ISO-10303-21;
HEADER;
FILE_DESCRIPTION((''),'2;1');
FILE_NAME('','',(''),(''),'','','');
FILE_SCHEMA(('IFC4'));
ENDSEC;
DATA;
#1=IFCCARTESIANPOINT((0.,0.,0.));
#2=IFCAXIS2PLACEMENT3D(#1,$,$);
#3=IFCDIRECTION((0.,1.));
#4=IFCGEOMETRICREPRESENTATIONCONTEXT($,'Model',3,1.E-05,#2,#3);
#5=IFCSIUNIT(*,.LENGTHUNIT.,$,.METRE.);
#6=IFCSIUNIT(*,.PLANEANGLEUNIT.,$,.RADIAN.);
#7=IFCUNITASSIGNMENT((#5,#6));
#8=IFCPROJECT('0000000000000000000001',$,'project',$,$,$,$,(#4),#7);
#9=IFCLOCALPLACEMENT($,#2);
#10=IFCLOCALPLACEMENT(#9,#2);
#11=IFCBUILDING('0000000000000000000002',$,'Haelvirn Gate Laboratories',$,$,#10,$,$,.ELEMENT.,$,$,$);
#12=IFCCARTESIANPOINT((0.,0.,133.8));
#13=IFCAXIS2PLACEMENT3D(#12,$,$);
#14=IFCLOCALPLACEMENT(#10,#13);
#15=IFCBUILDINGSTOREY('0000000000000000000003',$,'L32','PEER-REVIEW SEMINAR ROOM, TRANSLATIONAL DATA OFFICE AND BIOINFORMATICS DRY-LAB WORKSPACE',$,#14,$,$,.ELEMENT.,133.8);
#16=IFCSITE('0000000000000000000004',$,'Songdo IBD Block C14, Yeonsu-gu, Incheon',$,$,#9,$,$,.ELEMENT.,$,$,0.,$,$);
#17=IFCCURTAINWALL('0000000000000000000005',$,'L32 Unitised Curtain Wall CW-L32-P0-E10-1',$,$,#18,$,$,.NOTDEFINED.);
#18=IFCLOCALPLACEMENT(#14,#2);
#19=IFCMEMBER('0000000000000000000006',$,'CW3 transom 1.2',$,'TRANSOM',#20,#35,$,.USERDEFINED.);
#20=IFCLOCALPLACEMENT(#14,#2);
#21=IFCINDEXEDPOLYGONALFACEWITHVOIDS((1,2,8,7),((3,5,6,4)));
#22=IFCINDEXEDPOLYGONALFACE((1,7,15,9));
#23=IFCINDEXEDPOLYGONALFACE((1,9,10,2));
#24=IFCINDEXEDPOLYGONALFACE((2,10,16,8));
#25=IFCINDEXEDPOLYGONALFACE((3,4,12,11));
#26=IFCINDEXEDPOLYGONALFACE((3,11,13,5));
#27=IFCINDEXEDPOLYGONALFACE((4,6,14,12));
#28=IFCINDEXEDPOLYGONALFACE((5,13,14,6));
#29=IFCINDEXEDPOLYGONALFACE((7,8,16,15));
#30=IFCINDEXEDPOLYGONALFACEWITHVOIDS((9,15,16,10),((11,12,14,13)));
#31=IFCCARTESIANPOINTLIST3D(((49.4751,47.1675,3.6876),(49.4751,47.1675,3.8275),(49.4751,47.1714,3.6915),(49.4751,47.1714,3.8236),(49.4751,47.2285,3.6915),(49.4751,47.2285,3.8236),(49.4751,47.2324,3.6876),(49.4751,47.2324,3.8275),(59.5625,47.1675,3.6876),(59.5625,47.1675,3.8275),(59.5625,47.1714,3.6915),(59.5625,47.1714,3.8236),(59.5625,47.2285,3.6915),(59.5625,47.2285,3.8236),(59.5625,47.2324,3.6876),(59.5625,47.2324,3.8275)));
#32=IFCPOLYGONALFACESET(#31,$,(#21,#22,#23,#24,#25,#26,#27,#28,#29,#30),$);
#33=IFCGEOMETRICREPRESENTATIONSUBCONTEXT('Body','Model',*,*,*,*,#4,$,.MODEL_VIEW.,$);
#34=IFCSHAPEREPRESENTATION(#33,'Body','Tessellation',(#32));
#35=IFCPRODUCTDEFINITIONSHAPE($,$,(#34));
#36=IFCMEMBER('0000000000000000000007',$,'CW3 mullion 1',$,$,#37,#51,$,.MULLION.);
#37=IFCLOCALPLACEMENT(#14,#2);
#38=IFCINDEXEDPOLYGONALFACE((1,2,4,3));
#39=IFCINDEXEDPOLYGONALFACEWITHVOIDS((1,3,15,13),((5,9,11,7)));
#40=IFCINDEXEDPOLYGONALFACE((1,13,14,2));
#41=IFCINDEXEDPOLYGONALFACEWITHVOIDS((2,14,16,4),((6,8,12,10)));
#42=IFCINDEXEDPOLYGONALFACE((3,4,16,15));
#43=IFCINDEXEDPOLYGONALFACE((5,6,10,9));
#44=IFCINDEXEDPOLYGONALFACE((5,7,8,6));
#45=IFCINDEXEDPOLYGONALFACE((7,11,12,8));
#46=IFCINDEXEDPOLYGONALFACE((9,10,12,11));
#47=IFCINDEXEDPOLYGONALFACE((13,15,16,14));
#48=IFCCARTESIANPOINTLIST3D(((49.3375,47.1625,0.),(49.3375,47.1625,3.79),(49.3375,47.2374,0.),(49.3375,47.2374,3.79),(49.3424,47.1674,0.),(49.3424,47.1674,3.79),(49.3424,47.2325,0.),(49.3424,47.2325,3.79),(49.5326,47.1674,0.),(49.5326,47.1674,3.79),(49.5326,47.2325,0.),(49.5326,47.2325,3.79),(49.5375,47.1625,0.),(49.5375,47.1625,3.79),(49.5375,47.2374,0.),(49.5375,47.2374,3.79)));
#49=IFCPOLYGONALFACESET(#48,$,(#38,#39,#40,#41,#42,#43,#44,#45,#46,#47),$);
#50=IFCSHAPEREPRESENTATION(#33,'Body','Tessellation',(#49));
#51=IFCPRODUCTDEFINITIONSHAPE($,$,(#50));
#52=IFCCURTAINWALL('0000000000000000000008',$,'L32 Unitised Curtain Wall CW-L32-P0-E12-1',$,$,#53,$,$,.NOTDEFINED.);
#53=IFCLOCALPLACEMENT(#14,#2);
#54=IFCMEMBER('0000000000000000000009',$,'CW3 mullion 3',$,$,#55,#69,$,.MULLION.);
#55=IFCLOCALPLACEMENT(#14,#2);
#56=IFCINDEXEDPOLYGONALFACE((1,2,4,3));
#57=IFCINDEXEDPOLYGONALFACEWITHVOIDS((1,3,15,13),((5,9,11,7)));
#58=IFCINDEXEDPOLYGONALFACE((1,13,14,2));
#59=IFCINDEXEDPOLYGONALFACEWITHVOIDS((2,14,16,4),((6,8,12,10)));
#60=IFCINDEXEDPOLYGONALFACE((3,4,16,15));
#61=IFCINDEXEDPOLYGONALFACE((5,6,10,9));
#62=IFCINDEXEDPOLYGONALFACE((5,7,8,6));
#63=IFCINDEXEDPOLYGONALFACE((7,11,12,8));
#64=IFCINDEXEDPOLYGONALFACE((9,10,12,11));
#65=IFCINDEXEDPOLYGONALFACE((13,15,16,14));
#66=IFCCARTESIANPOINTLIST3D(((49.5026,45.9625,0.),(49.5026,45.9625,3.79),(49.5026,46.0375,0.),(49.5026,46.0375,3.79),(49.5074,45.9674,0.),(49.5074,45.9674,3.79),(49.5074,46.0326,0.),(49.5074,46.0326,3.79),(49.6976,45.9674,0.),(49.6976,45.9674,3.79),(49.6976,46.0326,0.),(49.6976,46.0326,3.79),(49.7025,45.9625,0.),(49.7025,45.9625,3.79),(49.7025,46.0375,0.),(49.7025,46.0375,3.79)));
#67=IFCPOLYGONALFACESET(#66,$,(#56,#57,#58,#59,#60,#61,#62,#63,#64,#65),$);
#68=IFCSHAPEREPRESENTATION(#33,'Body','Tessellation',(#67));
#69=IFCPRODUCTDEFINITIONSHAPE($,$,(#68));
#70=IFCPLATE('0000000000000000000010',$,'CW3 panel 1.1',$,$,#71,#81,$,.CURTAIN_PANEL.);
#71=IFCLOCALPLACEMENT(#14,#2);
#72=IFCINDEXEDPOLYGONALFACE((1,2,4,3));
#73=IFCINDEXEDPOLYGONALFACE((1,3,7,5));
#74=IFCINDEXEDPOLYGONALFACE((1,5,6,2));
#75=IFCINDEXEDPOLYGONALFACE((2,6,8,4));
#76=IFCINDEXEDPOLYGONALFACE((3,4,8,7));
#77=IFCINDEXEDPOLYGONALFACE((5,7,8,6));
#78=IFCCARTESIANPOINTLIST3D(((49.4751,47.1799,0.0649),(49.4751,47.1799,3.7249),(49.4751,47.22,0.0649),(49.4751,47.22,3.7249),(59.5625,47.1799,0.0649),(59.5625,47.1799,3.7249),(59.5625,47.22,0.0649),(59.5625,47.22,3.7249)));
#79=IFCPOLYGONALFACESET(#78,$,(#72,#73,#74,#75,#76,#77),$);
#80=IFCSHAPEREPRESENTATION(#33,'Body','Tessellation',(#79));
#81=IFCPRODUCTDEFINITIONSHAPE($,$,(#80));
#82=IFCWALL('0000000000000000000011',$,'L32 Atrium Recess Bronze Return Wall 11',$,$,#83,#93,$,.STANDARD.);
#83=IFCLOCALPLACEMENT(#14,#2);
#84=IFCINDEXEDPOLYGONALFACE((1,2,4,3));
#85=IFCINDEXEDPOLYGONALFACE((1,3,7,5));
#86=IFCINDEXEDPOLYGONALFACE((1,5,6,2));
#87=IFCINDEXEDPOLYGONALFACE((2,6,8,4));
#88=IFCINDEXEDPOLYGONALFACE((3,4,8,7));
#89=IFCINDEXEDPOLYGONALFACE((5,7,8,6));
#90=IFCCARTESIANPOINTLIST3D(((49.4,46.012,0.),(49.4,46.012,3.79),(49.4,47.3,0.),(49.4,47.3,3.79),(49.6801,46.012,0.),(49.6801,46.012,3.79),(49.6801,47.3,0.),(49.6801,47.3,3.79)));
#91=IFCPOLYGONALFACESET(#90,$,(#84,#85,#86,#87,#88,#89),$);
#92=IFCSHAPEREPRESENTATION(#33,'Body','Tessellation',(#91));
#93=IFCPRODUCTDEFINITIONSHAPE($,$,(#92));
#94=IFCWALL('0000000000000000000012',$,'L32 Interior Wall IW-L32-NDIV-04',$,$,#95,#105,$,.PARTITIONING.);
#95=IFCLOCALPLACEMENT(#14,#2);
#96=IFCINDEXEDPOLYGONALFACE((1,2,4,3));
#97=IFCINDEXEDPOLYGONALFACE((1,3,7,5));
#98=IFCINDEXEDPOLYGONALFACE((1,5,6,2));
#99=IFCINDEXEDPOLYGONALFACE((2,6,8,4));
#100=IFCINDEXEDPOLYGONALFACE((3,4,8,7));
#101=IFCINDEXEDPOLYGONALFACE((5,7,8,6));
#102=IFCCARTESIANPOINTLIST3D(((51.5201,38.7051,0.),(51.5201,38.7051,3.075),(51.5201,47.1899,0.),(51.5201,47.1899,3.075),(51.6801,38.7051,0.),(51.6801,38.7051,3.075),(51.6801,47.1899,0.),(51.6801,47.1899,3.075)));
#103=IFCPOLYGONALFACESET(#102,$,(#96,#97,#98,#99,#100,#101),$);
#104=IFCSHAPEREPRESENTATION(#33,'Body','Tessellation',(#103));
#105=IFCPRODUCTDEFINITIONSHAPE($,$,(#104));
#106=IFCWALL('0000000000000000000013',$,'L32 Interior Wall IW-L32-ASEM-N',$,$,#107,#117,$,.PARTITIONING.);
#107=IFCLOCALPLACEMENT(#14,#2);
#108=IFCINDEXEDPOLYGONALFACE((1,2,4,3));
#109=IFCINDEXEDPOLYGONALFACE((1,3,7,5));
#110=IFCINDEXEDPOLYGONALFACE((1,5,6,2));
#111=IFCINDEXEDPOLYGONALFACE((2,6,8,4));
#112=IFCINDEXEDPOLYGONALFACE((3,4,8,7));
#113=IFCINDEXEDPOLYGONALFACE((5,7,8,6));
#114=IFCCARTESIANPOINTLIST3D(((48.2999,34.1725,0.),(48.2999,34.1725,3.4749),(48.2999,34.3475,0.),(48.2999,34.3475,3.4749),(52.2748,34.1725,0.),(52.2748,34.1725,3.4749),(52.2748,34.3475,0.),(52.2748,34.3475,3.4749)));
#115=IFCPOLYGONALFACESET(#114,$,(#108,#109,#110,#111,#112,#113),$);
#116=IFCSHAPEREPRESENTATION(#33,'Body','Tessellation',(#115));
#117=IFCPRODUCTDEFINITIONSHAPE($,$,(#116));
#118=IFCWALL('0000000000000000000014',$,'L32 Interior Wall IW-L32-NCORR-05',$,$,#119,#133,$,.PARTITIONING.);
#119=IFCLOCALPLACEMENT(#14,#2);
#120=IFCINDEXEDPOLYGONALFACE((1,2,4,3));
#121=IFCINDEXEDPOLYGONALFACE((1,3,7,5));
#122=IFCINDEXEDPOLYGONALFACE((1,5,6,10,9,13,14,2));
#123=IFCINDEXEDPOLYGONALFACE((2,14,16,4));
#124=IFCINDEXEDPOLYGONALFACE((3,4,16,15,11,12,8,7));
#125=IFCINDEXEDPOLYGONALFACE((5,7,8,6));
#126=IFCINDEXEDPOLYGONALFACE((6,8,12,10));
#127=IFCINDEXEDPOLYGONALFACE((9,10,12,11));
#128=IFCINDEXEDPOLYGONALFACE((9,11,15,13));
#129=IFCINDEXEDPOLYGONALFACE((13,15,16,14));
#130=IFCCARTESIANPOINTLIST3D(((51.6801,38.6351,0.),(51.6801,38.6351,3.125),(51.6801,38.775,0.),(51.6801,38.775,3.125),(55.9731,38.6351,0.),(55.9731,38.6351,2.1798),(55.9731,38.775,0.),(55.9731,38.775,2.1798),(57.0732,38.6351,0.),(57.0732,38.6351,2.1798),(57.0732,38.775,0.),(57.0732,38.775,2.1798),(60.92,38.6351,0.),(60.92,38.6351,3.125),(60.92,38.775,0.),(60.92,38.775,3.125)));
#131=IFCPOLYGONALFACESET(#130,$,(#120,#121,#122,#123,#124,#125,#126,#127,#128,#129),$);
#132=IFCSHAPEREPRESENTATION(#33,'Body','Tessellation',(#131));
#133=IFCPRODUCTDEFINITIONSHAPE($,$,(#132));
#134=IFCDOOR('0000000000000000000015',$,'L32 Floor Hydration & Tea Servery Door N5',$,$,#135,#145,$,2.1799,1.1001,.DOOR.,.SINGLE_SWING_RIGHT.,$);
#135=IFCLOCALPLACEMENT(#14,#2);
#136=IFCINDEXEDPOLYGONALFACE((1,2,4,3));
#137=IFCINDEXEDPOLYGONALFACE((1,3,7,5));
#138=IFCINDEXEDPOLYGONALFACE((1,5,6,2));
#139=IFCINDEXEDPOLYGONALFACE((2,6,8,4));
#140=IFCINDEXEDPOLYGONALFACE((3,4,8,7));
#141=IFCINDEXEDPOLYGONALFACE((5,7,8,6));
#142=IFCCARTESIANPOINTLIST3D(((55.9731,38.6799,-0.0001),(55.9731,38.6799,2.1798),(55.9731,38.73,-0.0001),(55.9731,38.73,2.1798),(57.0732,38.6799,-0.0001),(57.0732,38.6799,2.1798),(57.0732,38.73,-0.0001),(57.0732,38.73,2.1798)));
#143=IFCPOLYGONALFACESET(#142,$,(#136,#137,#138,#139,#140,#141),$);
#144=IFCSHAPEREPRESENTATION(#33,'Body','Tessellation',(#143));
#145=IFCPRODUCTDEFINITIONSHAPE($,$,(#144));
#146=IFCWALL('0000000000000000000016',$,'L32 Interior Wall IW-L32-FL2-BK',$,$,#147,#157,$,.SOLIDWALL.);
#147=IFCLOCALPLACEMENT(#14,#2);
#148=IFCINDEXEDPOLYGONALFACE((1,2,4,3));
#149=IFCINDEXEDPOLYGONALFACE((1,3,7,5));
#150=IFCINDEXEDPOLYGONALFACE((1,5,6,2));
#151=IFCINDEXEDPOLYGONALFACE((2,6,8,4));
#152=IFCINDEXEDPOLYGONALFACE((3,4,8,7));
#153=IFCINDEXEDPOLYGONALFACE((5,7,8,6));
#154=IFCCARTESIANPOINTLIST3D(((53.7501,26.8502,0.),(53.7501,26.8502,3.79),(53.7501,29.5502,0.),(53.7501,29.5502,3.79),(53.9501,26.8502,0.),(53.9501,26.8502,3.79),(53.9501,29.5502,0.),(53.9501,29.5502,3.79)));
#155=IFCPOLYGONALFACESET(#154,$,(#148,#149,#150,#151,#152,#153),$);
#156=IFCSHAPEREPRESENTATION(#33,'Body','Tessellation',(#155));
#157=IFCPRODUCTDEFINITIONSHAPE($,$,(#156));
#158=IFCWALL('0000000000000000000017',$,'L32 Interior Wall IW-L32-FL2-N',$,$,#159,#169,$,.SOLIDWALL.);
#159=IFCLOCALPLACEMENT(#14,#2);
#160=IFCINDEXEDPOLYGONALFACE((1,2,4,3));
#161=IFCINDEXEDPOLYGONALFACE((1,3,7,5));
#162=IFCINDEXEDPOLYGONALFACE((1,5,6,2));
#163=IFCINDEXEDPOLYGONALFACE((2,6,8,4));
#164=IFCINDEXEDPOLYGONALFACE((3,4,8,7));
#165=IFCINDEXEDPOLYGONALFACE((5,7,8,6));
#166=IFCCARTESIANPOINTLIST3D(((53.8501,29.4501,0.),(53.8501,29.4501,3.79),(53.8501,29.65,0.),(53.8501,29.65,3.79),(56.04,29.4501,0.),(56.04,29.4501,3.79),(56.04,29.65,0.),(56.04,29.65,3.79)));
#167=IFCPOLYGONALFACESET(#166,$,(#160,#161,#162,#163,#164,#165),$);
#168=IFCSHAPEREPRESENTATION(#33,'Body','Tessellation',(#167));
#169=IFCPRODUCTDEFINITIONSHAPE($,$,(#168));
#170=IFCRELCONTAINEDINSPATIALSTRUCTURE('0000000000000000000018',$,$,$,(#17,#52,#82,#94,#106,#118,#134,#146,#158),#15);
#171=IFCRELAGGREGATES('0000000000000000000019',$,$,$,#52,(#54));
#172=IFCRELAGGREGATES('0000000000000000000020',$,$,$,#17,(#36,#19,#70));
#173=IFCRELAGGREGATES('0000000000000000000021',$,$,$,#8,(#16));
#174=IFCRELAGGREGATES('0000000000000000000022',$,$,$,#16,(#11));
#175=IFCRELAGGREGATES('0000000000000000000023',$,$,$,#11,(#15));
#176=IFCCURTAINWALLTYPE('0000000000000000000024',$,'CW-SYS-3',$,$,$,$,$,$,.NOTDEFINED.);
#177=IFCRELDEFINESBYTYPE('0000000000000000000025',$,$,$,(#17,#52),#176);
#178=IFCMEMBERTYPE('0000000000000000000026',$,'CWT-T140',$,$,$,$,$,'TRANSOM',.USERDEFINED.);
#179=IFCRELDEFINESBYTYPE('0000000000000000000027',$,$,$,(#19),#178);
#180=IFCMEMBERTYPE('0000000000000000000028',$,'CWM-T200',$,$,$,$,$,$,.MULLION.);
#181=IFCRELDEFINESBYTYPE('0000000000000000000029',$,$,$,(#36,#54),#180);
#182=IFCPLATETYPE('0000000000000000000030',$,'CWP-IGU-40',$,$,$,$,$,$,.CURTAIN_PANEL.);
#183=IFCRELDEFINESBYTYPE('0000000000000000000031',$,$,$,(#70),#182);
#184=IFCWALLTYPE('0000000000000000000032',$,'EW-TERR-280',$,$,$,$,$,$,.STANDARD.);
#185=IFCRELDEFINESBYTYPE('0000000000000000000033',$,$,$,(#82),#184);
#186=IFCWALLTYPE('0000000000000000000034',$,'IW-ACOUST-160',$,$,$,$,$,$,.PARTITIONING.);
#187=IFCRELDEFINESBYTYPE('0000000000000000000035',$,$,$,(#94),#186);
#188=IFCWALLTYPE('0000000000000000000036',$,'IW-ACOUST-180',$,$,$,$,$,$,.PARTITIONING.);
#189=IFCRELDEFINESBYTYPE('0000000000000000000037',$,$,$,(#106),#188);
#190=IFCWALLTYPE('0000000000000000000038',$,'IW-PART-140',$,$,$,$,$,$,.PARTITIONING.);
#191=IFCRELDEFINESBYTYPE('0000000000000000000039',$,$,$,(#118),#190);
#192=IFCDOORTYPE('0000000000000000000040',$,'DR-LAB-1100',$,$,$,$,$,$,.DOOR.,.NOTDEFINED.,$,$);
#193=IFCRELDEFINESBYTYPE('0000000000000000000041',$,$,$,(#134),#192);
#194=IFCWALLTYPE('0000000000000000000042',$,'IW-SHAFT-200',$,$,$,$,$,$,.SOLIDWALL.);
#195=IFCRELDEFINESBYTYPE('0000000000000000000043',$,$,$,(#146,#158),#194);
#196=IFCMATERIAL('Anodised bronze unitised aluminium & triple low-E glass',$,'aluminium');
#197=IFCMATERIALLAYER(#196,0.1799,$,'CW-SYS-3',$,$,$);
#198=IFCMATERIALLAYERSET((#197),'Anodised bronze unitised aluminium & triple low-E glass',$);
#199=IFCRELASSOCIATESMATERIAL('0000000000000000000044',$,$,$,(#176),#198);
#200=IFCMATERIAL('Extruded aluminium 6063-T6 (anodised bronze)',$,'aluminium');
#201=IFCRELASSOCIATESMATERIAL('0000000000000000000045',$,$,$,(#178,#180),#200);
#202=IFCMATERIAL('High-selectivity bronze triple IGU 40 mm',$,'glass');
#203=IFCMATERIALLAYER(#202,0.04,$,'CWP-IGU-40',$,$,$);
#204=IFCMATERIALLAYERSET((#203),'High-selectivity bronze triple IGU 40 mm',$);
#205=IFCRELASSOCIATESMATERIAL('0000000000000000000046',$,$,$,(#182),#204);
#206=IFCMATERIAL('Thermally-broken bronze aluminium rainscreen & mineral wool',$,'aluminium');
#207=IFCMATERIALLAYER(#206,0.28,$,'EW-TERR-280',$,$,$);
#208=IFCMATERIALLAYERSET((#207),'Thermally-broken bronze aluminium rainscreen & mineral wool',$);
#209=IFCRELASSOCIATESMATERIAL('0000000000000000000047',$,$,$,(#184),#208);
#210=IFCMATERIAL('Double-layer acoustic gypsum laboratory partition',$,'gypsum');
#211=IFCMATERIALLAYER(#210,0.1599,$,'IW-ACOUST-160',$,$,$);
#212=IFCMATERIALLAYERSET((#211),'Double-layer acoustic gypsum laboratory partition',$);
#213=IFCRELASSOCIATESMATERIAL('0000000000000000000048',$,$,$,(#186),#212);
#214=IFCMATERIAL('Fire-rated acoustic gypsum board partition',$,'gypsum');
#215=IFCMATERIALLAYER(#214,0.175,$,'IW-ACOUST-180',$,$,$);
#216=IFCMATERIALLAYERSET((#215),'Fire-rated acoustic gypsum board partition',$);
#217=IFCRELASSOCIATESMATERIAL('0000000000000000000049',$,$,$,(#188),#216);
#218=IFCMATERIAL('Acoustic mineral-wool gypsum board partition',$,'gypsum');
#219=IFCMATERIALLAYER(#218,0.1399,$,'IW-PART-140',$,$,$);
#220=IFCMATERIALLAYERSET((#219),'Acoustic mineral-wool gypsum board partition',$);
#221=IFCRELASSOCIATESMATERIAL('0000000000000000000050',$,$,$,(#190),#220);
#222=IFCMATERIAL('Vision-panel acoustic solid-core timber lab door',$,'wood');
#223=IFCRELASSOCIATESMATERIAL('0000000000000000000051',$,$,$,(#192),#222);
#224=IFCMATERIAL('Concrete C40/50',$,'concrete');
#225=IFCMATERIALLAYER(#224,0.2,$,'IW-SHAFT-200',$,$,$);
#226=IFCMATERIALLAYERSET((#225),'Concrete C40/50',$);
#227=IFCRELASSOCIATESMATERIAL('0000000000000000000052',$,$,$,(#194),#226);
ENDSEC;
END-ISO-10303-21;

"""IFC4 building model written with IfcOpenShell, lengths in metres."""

from ifc_helpers import new_model, si_unit, direction, frame, frame_2d, origin, origin_2d, place, context, subcontext, project, spatial, rectangle, hollow_rectangle, extrude, source, transform, mapped, material, layer, layer_set, material_profile, profile_set, type_object, type_shapes, element, fill, aggregate, save


model = new_model("IFC4")

# Units and contexts
model_context = context("Model", 3, precision=1e-05, world=origin(), true_north=direction((0.0, 1.0)))
body_context = subcontext(model_context, "Body", "Model", "MODEL_VIEW")
ifc_project = project(units=[si_unit("LENGTHUNIT", "METRE"), si_unit("PLANEANGLEUNIT", "RADIAN")], contexts=[model_context])

# Site, building, storey
site_placement = place(None, origin())
site = spatial("IfcSite", under=ifc_project, at=site_placement, Name="Songdo IBD Block C14, Yeonsu-gu, Incheon", CompositionType="ELEMENT", RefElevation=0.0)
building_placement = place(site_placement, origin())
building = spatial("IfcBuilding", under=site, at=building_placement, Name="Haelvirn Gate Laboratories", CompositionType="ELEMENT")
storey_placement = place(building_placement, frame((0.0, 0.0, 133.8)))
storey = spatial("IfcBuildingStorey", under=building, at=storey_placement, Name="L32", Description="PEER-REVIEW SEMINAR ROOM, TRANSLATIONAL DATA OFFICE AND BIOINFORMATICS DRY-LAB WORKSPACE", CompositionType="ELEMENT", Elevation=133.8)

# Curtain wall, members
ifc_material_1 = material(Name="Anodised bronze unitised aluminium & triple low-E glass", Category="aluminium")
ifc_layer_1 = layer(ifc_material_1, 0.1799, Name="CW-SYS-3")
ifc_layer_set_1 = layer_set([ifc_layer_1], Name="Anodised bronze unitised aluminium & triple low-E glass")
curtain_wall_type = type_object("IfcCurtainWallType", Name="CW-SYS-3", PredefinedType="NOTDEFINED", material=ifc_layer_set_1)
curtain_wall_1_placement = place(storey_placement, origin())
curtain_wall_1 = element("IfcCurtainWall", 1, at=curtain_wall_1_placement, inside=storey, type_object=curtain_wall_type, Name="L32 Unitised Curtain Wall CW-L32-P0-E10-1", PredefinedType="NOTDEFINED")
ifc_material_2 = material(Name="Extruded aluminium 6063-T6 (anodised bronze)", Category="aluminium")
ifc_material_profile_1 = material_profile(ifc_material_2, hollow_rectangle(XDim=0.0649, YDim=0.1399, WallThickness=0.0039, at=origin_2d()), Name="CWT-140x65x4")
ifc_profile_set_1 = profile_set([ifc_material_profile_1], Name="Extruded aluminium 6063-T6 (anodised bronze)")
member_type_1 = type_object("IfcMemberType", Name="CWT-T140", ElementType="TRANSOM", PredefinedType="USERDEFINED", material=ifc_profile_set_1)
shared_shape_1 = source(origin(), body_context, "Body", "SweptSolid", [
    extrude(hollow_rectangle(XDim=0.0649, YDim=0.1399, WallThickness=0.0039, at=origin_2d()), origin(), (0.0, 0.0, 1.0), 10.0874),
])
type_shapes(member_type_1, [shared_shape_1])
member_1_placement = place(storey_placement, frame((49.4751, 47.2, 3.7576), z_axis=(1.0, 0.0, 0.0), x_axis=(0.0, 1.0, 0.0)))
member_1 = element("IfcMember", 2, at=member_1_placement, type_object=member_type_1, Name="CW3 transom 1.2", ObjectType="TRANSOM", PredefinedType="USERDEFINED", context=body_context, shape_type="MappedRepresentation", body=[
    mapped(shared_shape_1, transform((0.0, 0.0, 0.0), scale=1.0)),
])
ifc_material_profile_2 = material_profile(ifc_material_2, hollow_rectangle(XDim=0.075, YDim=0.2, WallThickness=0.0049, at=origin_2d()), Name="CWM-200x75x5")
ifc_profile_set_2 = profile_set([ifc_material_profile_2], Name="Extruded aluminium 6063-T6 (anodised bronze)")
member_type_2 = type_object("IfcMemberType", Name="CWM-T200", PredefinedType="MULLION", material=ifc_profile_set_2)
shared_shape_2 = source(origin(), body_context, "Body", "SweptSolid", [
    extrude(hollow_rectangle(XDim=0.075, YDim=0.2, WallThickness=0.0049, at=origin_2d()), origin(), (0.0, 0.0, 1.0), 3.79),
])
type_shapes(member_type_2, [shared_shape_2])
member_2_placement = place(storey_placement, frame((49.4375, 47.2, 0.0), z_axis=(0.0, 0.0, 1.0), x_axis=(0.0, 1.0, 0.0)))
member_2 = element("IfcMember", 3, at=member_2_placement, type_object=member_type_2, Name="CW3 mullion 1", PredefinedType="MULLION", context=body_context, shape_type="MappedRepresentation", body=[
    mapped(shared_shape_2, transform((0.0, 0.0, 0.0), scale=1.0)),
])

# Curtain wall, member
curtain_wall_2_placement = place(storey_placement, origin())
curtain_wall_2 = element("IfcCurtainWall", 4, at=curtain_wall_2_placement, inside=storey, type_object=curtain_wall_type, Name="L32 Unitised Curtain Wall CW-L32-P0-E12-1", PredefinedType="NOTDEFINED")
member_3_placement = place(storey_placement, frame((49.6025, 46.0, 0.0), z_axis=(0.0, 0.0, 1.0), x_axis=(0.0, 1.0, 0.0)))
member_3 = element("IfcMember", 5, at=member_3_placement, type_object=member_type_2, Name="CW3 mullion 3", PredefinedType="MULLION", context=body_context, shape_type="MappedRepresentation", body=[
    mapped(shared_shape_2, transform((0.0, 0.0, 0.0), scale=1.0)),
])
aggregate(curtain_wall_2, [member_3])

# Plate
ifc_material_3 = material(Name="High-selectivity bronze triple IGU 40 mm", Category="glass")
ifc_layer_2 = layer(ifc_material_3, 0.04, Name="CWP-IGU-40")
ifc_layer_set_2 = layer_set([ifc_layer_2], Name="High-selectivity bronze triple IGU 40 mm")
plate_type = type_object("IfcPlateType", Name="CWP-IGU-40", PredefinedType="CURTAIN_PANEL", material=ifc_layer_set_2)
shared_shape_3 = source(origin(), body_context, "Body", "SweptSolid", [
    extrude(rectangle(XDim=10.0874, YDim=0.04, at=origin_2d()), origin(), (0.0, 0.0, 1.0), 3.6599),
])
type_shapes(plate_type, [shared_shape_3])
plate_placement = place(storey_placement, frame((54.5188, 47.2, 0.0649), z_axis=(0.0, 0.0, 1.0), x_axis=(1.0, 0.0, 0.0)))
plate = element("IfcPlate", 6, at=plate_placement, type_object=plate_type, Name="CW3 panel 1.1", PredefinedType="CURTAIN_PANEL", context=body_context, shape_type="MappedRepresentation", body=[
    mapped(shared_shape_3, transform((0.0, 0.0, 0.0), scale=1.0)),
])
aggregate(curtain_wall_1, [member_2, member_1, plate])

# Walls
ifc_material_4 = material(Name="Thermally-broken bronze aluminium rainscreen & mineral wool", Category="aluminium")
ifc_layer_3 = layer(ifc_material_4, 0.28, Name="EW-TERR-280")
ifc_layer_set_3 = layer_set([ifc_layer_3], Name="Thermally-broken bronze aluminium rainscreen & mineral wool")
wall_type_1 = type_object("IfcWallType", Name="EW-TERR-280", PredefinedType="STANDARD", material=ifc_layer_set_3)
wall_1_placement = place(storey_placement, frame((49.54, 47.3, 0.0), z_axis=(0.0, 0.0, 1.0), x_axis=(0.0, -1.0, 0.0)))
element("IfcWall", 7, at=wall_1_placement, inside=storey, type_object=wall_type_1, Name="L32 Atrium Recess Bronze Return Wall 11", PredefinedType="STANDARD", context=body_context, shape_type="SweptSolid", body=[
    extrude(rectangle(XDim=1.2881, YDim=0.28, at=frame_2d((0.644, 0.0))), origin(), (0.0, 0.0, 1.0), 3.79),
])
ifc_material_5 = material(Name="Double-layer acoustic gypsum laboratory partition", Category="gypsum")
ifc_layer_4 = layer(ifc_material_5, 0.1599, Name="IW-ACOUST-160")
ifc_layer_set_4 = layer_set([ifc_layer_4], Name="Double-layer acoustic gypsum laboratory partition")
wall_type_2 = type_object("IfcWallType", Name="IW-ACOUST-160", PredefinedType="PARTITIONING", material=ifc_layer_set_4)
wall_2_placement = place(storey_placement, frame((51.6001, 38.7051, 0.0), z_axis=(0.0, 0.0, 1.0), x_axis=(0.0, 1.0, 0.0)))
element("IfcWall", 8, at=wall_2_placement, inside=storey, type_object=wall_type_2, Name="L32 Interior Wall IW-L32-NDIV-04", PredefinedType="PARTITIONING", context=body_context, shape_type="SweptSolid", body=[
    extrude(rectangle(XDim=8.4849, YDim=0.1599, at=frame_2d((4.2424, 0.0))), origin(), (0.0, 0.0, 1.0), 3.075),
])
ifc_material_6 = material(Name="Fire-rated acoustic gypsum board partition", Category="gypsum")
ifc_layer_5 = layer(ifc_material_6, 0.175, Name="IW-ACOUST-180")
ifc_layer_set_5 = layer_set([ifc_layer_5], Name="Fire-rated acoustic gypsum board partition")
wall_type_3 = type_object("IfcWallType", Name="IW-ACOUST-180", PredefinedType="PARTITIONING", material=ifc_layer_set_5)
wall_3_placement = place(storey_placement, frame((48.3, 34.26, 0.0), z_axis=(0.0, 0.0, 1.0), x_axis=(1.0, 0.0, 0.0)))
element("IfcWall", 9, at=wall_3_placement, inside=storey, type_object=wall_type_3, Name="L32 Interior Wall IW-L32-ASEM-N", PredefinedType="PARTITIONING", context=body_context, shape_type="SweptSolid", body=[
    extrude(rectangle(XDim=3.9749, YDim=0.175, at=frame_2d((1.9873, 0.0))), origin(), (0.0, 0.0, 1.0), 3.4749),
])

# Wall, opening, door
ifc_material_7 = material(Name="Acoustic mineral-wool gypsum board partition", Category="gypsum")
ifc_layer_6 = layer(ifc_material_7, 0.1399, Name="IW-PART-140")
ifc_layer_set_6 = layer_set([ifc_layer_6], Name="Acoustic mineral-wool gypsum board partition")
wall_type_4 = type_object("IfcWallType", Name="IW-PART-140", PredefinedType="PARTITIONING", material=ifc_layer_set_6)
wall_4_placement = place(storey_placement, frame((51.6799, 38.7051, 0.0), z_axis=(0.0, 0.0, 1.0), x_axis=(1.0, 0.0, 0.0)))
wall_4 = element("IfcWall", 10, at=wall_4_placement, inside=storey, type_object=wall_type_4, Name="L32 Interior Wall IW-L32-NCORR-05", PredefinedType="PARTITIONING", context=body_context, shape_type="SweptSolid", body=[
    extrude(rectangle(XDim=9.24, YDim=0.1399, at=frame_2d((4.6201, 0.0))), origin(), (0.0, 0.0, 1.0), 3.125),
])
opening_1_placement = place(wall_4_placement, frame((4.2932, 0.0, 0.0)))
opening_1 = element("IfcOpeningElement", 11, at=opening_1_placement, cuts=wall_4, PredefinedType="OPENING", context=body_context, shape_type="SweptSolid", body=[
    extrude(rectangle(XDim=1.1001, YDim=2.1799, at=frame_2d((0.55, 1.0898))), frame((0.0, 0.0801, 0.0), z_axis=(0.0, -1.0, 0.0), x_axis=(1.0, 0.0, 0.0)), (0.0, 0.0, 1.0), 0.1599),
])
ifc_material_8 = material(Name="Vision-panel acoustic solid-core timber lab door", Category="wood")
door_type_1 = type_object("IfcDoorType", Name="DR-LAB-1100", OperationType="NOTDEFINED", PredefinedType="DOOR", material=ifc_material_8)
shared_shape_4 = source(origin(), body_context, "Body", "SweptSolid", [
    extrude(rectangle(XDim=1.1001, YDim=2.1799, at=frame_2d((0.55, 1.0898))), frame((0.0, 0.0249, 0.0), z_axis=(0.0, -1.0, 0.0), x_axis=(1.0, 0.0, 0.0)), (0.0, 0.0, 1.0), 0.05),
])
type_shapes(door_type_1, [shared_shape_4])
door_1_placement = place(opening_1_placement, origin())
door_1 = element("IfcDoor", 12, at=door_1_placement, inside=storey, type_object=door_type_1, Name="L32 Floor Hydration & Tea Servery Door N5", OperationType="SINGLE_SWING_RIGHT", OverallHeight=2.1799, OverallWidth=1.1001, PredefinedType="DOOR", context=body_context, shape_type="MappedRepresentation", body=[
    mapped(shared_shape_4, transform((0.0, 0.0, 0.0), scale=1.0)),
])
fill(opening_1, door_1)

# Walls
ifc_material_9 = material(Name="Concrete C40/50", Category="concrete")
ifc_layer_7 = layer(ifc_material_9, 0.2, Name="IW-SHAFT-200")
ifc_layer_set_7 = layer_set([ifc_layer_7], Name="Concrete C40/50")
wall_type_5 = type_object("IfcWallType", Name="IW-SHAFT-200", PredefinedType="SOLIDWALL", material=ifc_layer_set_7)
wall_5_placement = place(storey_placement, frame((53.8501, 26.8501, 0.0), z_axis=(0.0, 0.0, 1.0), x_axis=(0.0, 1.0, 0.0)))
element("IfcWall", 13, at=wall_5_placement, inside=storey, type_object=wall_type_5, Name="L32 Interior Wall IW-L32-FL2-BK", PredefinedType="SOLIDWALL", context=body_context, shape_type="SweptSolid", body=[
    extrude(rectangle(XDim=2.7, YDim=0.2, at=frame_2d((1.3501, 0.0))), origin(), (0.0, 0.0, 1.0), 3.79),
])
wall_6_placement = place(storey_placement, frame((53.8501, 29.55, 0.0), z_axis=(0.0, 0.0, 1.0), x_axis=(1.0, 0.0, 0.0)))
element("IfcWall", 14, at=wall_6_placement, inside=storey, type_object=wall_type_5, Name="L32 Interior Wall IW-L32-FL2-N", PredefinedType="SOLIDWALL", context=body_context, shape_type="SweptSolid", body=[
    extrude(rectangle(XDim=2.1899, YDim=0.2, at=frame_2d((1.095, 0.0))), origin(), (0.0, 0.0, 1.0), 3.79),
])

save(model, "model.ifc")
